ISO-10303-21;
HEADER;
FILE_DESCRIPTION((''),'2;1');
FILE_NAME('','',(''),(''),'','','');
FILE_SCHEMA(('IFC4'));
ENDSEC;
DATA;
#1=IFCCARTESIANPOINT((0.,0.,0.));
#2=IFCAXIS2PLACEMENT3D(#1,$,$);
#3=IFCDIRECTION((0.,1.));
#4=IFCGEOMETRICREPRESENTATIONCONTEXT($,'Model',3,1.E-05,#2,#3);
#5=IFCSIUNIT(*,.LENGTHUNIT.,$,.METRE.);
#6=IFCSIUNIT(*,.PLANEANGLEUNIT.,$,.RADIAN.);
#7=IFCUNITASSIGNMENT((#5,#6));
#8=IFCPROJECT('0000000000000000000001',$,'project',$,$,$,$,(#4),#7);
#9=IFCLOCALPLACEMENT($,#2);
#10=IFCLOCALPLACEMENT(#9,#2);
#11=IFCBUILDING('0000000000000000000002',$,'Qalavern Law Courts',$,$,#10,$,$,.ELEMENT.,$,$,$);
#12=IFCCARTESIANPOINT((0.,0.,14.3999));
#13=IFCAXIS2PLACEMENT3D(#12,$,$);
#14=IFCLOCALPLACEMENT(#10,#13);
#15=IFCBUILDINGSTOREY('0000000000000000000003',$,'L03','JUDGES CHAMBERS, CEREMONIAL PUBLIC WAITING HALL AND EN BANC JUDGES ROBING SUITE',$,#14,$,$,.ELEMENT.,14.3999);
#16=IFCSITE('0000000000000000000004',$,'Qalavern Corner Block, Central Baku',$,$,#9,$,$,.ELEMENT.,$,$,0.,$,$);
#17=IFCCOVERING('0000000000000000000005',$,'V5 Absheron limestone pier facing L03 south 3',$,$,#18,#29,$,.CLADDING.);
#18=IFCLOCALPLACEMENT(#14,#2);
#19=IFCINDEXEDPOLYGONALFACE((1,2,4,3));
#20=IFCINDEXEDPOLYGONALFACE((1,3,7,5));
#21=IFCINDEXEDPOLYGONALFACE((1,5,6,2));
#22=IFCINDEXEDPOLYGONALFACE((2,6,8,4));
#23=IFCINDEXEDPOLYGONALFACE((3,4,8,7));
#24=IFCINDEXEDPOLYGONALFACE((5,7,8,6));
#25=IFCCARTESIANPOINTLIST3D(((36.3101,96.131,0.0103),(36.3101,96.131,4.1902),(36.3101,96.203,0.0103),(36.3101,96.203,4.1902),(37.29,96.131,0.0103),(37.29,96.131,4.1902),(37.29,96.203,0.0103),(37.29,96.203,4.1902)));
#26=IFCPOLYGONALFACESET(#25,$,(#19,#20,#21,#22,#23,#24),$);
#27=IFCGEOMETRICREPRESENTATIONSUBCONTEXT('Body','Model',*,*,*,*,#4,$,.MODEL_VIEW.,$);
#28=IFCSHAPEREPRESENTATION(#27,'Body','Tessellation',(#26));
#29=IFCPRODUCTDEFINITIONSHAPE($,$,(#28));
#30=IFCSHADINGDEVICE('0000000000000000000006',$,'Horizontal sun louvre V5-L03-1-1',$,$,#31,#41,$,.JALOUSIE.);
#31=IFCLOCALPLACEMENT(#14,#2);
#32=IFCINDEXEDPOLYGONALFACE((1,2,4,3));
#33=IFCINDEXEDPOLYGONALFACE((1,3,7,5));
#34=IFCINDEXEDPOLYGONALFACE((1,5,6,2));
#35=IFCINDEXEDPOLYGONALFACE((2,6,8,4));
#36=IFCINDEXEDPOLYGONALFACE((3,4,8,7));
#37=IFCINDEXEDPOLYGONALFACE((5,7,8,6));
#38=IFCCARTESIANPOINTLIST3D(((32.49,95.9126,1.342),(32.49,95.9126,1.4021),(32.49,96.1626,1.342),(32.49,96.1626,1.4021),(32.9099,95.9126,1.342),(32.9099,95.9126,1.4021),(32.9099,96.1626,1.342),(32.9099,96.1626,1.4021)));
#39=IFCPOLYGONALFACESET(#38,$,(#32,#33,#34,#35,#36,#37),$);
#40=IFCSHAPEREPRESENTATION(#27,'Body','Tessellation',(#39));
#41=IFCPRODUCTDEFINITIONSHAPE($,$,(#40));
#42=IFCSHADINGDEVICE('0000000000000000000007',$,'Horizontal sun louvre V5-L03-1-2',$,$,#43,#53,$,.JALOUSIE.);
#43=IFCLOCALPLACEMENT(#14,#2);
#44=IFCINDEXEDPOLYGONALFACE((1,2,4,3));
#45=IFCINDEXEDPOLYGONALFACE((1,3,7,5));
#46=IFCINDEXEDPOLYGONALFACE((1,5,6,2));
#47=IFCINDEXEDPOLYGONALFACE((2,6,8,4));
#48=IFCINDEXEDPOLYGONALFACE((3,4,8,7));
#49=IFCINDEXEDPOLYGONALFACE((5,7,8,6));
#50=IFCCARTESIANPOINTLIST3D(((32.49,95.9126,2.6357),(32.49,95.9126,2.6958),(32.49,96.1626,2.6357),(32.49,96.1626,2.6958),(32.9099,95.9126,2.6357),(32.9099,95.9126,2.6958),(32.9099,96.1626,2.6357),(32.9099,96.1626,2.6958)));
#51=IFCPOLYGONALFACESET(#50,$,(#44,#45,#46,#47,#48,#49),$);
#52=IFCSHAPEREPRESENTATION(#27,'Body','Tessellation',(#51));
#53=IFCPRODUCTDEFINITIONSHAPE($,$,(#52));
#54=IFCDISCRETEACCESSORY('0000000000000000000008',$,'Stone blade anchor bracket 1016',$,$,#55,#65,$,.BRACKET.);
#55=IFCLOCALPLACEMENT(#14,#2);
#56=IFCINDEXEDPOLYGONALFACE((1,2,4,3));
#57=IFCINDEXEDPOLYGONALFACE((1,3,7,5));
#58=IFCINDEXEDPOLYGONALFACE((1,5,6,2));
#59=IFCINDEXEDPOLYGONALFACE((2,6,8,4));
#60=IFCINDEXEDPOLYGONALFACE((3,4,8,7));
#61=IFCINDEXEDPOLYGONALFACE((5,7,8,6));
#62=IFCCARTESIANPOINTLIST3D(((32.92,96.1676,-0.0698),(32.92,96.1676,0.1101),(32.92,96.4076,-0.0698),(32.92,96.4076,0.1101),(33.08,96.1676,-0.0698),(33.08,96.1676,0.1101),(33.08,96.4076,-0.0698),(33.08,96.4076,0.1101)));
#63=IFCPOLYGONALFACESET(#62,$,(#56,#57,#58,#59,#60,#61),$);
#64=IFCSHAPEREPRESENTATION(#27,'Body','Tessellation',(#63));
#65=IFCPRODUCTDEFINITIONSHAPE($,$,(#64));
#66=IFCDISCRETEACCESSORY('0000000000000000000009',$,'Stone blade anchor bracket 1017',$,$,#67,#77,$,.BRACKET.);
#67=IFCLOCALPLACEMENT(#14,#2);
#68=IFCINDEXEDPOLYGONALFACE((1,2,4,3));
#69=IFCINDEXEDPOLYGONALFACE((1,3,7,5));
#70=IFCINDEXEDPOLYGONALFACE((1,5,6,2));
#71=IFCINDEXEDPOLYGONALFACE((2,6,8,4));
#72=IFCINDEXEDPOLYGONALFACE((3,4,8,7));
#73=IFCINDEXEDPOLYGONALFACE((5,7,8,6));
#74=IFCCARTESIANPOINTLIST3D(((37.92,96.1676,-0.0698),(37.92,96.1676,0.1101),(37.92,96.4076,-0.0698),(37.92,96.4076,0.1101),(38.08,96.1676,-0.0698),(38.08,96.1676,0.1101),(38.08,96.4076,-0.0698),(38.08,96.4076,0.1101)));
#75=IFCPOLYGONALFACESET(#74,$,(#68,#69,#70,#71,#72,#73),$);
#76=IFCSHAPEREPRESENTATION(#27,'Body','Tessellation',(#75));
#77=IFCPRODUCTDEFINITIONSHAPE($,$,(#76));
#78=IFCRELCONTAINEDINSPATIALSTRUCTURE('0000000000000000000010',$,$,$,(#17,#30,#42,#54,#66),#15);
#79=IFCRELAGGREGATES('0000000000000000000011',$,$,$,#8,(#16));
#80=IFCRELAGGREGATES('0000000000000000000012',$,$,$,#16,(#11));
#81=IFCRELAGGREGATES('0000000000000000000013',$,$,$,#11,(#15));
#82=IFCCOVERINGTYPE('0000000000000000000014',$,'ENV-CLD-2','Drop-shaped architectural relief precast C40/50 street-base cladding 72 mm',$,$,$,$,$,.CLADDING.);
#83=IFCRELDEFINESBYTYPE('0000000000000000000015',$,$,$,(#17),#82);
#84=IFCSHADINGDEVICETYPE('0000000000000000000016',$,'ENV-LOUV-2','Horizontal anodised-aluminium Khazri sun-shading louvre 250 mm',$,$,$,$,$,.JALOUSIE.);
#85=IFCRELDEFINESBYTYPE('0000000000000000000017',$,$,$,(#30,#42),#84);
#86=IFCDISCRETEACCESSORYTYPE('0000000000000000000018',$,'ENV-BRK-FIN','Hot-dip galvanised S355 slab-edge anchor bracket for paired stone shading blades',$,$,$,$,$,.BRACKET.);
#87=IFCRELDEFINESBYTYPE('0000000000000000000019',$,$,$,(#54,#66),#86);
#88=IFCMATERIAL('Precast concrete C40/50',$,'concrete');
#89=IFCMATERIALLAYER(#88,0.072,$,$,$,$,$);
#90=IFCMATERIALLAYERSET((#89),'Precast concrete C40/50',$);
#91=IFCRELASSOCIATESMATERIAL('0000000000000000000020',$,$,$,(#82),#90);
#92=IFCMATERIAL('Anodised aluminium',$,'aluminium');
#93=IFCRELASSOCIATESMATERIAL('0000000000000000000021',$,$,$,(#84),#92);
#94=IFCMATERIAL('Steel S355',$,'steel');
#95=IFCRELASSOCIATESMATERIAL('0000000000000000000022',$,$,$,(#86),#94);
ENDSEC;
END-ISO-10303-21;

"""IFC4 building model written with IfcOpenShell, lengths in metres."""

from ifc_helpers import new_model, si_unit, direction, frame, origin, origin_2d, place, context, subcontext, project, spatial, rectangle, extrude, material, layer, layer_set, type_object, element, save


model = new_model("IFC4")

# Units and contexts
model_context = context("Model", 3, precision=1e-05, world=origin(), true_north=direction((0.0, 1.0)))
body_context = subcontext(model_context, "Body", "Model", "MODEL_VIEW")
ifc_project = project(units=[si_unit("LENGTHUNIT", "METRE"), si_unit("PLANEANGLEUNIT", "RADIAN")], contexts=[model_context])

# Site, building, storey
site_placement = place(None, origin())
site = spatial("IfcSite", under=ifc_project, at=site_placement, Name="Qalavern Corner Block, Central Baku", CompositionType="ELEMENT", RefElevation=0.0)
building_placement = place(site_placement, origin())
building = spatial("IfcBuilding", under=site, at=building_placement, Name="Qalavern Law Courts", CompositionType="ELEMENT")
storey_placement = place(building_placement, frame((0.0, 0.0, 14.3999)))
storey = spatial("IfcBuildingStorey", under=building, at=storey_placement, Name="L03", Description="JUDGES CHAMBERS, CEREMONIAL PUBLIC WAITING HALL AND EN BANC JUDGES ROBING SUITE", CompositionType="ELEMENT", Elevation=14.3999)

# Shared definitions
ifc_material_1 = material(Name="Anodised aluminium", Category="aluminium")

# Shared definitions
ifc_material_2 = material(Name="Steel S355", Category="steel")

# Covering
ifc_material_3 = material(Name="Precast concrete C40/50", Category="concrete")
ifc_layer_1 = layer(ifc_material_3, 0.072)
ifc_layer_set_1 = layer_set([ifc_layer_1], Name="Precast concrete C40/50")
covering_type_1 = type_object("IfcCoveringType", Name="ENV-CLD-2", Description="Drop-shaped architectural relief precast C40/50 street-base cladding 72 mm", PredefinedType="CLADDING", material=ifc_layer_set_1)
covering_placement = place(storey_placement, frame((36.8, 96.167, 0.0103), z_axis=(0.0, 0.0, 1.0), x_axis=(1.0, 0.0, 0.0)))
element("IfcCovering", 1, at=covering_placement, inside=storey, type_object=covering_type_1, Name="V5 Absheron limestone pier facing L03 south 3", PredefinedType="CLADDING", context=body_context, shape_type="SweptSolid", body=[
    extrude(rectangle(XDim=0.98, YDim=0.072, at=origin_2d()), origin(), (0.0, 0.0, 1.0), 4.1799),
])

# Shading devices
shading_device_type = type_object("IfcShadingDeviceType", Name="ENV-LOUV-2", Description="Horizontal anodised-aluminium Khazri sun-shading louvre 250 mm", PredefinedType="JALOUSIE", material=ifc_material_1)
for number, where, z_axis, x_axis, name in (
    (2, (32.7, 96.0376, 1.342), (0.0, 0.0, 1.0), (1.0, 0.0, 0.0), "Horizontal sun louvre V5-L03-1-1"),
    (3, (32.7, 96.0376, 2.6357), (0.0, 0.0, 1.0), (1.0, 0.0, 0.0), "Horizontal sun louvre V5-L03-1-2"),
):
    element("IfcShadingDevice", number, at=place(storey_placement, frame(where, z_axis=z_axis, x_axis=x_axis)), inside=storey, type_object=shading_device_type, Name=name, PredefinedType="JALOUSIE", context=body_context, shape_type="SweptSolid", body=[
        extrude(rectangle(XDim=0.4199, YDim=0.25, at=origin_2d()), origin(), (0.0, 0.0, 1.0), 0.0601),
    ])

# Discrete accessories
discrete_accessory_type = type_object("IfcDiscreteAccessoryType", Name="ENV-BRK-FIN", Description="Hot-dip galvanised S355 slab-edge anchor bracket for paired stone shading blades", PredefinedType="BRACKET", material=ifc_material_2)
for number, where, z_axis, x_axis, name in (
    (4, (33.0, 96.2876, -0.0698), (0.0, 0.0, 1.0), (0.0, -1.0, 0.0), "Stone blade anchor bracket 1016"),
    (5, (38.0, 96.2876, -0.0698), (0.0, 0.0, 1.0), (0.0, -1.0, 0.0), "Stone blade anchor bracket 1017"),
):
    element("IfcDiscreteAccessory", number, at=place(storey_placement, frame(where, z_axis=z_axis, x_axis=x_axis)), inside=storey, type_object=discrete_accessory_type, Name=name, PredefinedType="BRACKET", context=body_context, shape_type="SweptSolid", body=[
        extrude(rectangle(XDim=0.24, YDim=0.1599, at=origin_2d()), origin(), (0.0, 0.0, 1.0), 0.1799),
    ])

save(model, "model.ifc")
